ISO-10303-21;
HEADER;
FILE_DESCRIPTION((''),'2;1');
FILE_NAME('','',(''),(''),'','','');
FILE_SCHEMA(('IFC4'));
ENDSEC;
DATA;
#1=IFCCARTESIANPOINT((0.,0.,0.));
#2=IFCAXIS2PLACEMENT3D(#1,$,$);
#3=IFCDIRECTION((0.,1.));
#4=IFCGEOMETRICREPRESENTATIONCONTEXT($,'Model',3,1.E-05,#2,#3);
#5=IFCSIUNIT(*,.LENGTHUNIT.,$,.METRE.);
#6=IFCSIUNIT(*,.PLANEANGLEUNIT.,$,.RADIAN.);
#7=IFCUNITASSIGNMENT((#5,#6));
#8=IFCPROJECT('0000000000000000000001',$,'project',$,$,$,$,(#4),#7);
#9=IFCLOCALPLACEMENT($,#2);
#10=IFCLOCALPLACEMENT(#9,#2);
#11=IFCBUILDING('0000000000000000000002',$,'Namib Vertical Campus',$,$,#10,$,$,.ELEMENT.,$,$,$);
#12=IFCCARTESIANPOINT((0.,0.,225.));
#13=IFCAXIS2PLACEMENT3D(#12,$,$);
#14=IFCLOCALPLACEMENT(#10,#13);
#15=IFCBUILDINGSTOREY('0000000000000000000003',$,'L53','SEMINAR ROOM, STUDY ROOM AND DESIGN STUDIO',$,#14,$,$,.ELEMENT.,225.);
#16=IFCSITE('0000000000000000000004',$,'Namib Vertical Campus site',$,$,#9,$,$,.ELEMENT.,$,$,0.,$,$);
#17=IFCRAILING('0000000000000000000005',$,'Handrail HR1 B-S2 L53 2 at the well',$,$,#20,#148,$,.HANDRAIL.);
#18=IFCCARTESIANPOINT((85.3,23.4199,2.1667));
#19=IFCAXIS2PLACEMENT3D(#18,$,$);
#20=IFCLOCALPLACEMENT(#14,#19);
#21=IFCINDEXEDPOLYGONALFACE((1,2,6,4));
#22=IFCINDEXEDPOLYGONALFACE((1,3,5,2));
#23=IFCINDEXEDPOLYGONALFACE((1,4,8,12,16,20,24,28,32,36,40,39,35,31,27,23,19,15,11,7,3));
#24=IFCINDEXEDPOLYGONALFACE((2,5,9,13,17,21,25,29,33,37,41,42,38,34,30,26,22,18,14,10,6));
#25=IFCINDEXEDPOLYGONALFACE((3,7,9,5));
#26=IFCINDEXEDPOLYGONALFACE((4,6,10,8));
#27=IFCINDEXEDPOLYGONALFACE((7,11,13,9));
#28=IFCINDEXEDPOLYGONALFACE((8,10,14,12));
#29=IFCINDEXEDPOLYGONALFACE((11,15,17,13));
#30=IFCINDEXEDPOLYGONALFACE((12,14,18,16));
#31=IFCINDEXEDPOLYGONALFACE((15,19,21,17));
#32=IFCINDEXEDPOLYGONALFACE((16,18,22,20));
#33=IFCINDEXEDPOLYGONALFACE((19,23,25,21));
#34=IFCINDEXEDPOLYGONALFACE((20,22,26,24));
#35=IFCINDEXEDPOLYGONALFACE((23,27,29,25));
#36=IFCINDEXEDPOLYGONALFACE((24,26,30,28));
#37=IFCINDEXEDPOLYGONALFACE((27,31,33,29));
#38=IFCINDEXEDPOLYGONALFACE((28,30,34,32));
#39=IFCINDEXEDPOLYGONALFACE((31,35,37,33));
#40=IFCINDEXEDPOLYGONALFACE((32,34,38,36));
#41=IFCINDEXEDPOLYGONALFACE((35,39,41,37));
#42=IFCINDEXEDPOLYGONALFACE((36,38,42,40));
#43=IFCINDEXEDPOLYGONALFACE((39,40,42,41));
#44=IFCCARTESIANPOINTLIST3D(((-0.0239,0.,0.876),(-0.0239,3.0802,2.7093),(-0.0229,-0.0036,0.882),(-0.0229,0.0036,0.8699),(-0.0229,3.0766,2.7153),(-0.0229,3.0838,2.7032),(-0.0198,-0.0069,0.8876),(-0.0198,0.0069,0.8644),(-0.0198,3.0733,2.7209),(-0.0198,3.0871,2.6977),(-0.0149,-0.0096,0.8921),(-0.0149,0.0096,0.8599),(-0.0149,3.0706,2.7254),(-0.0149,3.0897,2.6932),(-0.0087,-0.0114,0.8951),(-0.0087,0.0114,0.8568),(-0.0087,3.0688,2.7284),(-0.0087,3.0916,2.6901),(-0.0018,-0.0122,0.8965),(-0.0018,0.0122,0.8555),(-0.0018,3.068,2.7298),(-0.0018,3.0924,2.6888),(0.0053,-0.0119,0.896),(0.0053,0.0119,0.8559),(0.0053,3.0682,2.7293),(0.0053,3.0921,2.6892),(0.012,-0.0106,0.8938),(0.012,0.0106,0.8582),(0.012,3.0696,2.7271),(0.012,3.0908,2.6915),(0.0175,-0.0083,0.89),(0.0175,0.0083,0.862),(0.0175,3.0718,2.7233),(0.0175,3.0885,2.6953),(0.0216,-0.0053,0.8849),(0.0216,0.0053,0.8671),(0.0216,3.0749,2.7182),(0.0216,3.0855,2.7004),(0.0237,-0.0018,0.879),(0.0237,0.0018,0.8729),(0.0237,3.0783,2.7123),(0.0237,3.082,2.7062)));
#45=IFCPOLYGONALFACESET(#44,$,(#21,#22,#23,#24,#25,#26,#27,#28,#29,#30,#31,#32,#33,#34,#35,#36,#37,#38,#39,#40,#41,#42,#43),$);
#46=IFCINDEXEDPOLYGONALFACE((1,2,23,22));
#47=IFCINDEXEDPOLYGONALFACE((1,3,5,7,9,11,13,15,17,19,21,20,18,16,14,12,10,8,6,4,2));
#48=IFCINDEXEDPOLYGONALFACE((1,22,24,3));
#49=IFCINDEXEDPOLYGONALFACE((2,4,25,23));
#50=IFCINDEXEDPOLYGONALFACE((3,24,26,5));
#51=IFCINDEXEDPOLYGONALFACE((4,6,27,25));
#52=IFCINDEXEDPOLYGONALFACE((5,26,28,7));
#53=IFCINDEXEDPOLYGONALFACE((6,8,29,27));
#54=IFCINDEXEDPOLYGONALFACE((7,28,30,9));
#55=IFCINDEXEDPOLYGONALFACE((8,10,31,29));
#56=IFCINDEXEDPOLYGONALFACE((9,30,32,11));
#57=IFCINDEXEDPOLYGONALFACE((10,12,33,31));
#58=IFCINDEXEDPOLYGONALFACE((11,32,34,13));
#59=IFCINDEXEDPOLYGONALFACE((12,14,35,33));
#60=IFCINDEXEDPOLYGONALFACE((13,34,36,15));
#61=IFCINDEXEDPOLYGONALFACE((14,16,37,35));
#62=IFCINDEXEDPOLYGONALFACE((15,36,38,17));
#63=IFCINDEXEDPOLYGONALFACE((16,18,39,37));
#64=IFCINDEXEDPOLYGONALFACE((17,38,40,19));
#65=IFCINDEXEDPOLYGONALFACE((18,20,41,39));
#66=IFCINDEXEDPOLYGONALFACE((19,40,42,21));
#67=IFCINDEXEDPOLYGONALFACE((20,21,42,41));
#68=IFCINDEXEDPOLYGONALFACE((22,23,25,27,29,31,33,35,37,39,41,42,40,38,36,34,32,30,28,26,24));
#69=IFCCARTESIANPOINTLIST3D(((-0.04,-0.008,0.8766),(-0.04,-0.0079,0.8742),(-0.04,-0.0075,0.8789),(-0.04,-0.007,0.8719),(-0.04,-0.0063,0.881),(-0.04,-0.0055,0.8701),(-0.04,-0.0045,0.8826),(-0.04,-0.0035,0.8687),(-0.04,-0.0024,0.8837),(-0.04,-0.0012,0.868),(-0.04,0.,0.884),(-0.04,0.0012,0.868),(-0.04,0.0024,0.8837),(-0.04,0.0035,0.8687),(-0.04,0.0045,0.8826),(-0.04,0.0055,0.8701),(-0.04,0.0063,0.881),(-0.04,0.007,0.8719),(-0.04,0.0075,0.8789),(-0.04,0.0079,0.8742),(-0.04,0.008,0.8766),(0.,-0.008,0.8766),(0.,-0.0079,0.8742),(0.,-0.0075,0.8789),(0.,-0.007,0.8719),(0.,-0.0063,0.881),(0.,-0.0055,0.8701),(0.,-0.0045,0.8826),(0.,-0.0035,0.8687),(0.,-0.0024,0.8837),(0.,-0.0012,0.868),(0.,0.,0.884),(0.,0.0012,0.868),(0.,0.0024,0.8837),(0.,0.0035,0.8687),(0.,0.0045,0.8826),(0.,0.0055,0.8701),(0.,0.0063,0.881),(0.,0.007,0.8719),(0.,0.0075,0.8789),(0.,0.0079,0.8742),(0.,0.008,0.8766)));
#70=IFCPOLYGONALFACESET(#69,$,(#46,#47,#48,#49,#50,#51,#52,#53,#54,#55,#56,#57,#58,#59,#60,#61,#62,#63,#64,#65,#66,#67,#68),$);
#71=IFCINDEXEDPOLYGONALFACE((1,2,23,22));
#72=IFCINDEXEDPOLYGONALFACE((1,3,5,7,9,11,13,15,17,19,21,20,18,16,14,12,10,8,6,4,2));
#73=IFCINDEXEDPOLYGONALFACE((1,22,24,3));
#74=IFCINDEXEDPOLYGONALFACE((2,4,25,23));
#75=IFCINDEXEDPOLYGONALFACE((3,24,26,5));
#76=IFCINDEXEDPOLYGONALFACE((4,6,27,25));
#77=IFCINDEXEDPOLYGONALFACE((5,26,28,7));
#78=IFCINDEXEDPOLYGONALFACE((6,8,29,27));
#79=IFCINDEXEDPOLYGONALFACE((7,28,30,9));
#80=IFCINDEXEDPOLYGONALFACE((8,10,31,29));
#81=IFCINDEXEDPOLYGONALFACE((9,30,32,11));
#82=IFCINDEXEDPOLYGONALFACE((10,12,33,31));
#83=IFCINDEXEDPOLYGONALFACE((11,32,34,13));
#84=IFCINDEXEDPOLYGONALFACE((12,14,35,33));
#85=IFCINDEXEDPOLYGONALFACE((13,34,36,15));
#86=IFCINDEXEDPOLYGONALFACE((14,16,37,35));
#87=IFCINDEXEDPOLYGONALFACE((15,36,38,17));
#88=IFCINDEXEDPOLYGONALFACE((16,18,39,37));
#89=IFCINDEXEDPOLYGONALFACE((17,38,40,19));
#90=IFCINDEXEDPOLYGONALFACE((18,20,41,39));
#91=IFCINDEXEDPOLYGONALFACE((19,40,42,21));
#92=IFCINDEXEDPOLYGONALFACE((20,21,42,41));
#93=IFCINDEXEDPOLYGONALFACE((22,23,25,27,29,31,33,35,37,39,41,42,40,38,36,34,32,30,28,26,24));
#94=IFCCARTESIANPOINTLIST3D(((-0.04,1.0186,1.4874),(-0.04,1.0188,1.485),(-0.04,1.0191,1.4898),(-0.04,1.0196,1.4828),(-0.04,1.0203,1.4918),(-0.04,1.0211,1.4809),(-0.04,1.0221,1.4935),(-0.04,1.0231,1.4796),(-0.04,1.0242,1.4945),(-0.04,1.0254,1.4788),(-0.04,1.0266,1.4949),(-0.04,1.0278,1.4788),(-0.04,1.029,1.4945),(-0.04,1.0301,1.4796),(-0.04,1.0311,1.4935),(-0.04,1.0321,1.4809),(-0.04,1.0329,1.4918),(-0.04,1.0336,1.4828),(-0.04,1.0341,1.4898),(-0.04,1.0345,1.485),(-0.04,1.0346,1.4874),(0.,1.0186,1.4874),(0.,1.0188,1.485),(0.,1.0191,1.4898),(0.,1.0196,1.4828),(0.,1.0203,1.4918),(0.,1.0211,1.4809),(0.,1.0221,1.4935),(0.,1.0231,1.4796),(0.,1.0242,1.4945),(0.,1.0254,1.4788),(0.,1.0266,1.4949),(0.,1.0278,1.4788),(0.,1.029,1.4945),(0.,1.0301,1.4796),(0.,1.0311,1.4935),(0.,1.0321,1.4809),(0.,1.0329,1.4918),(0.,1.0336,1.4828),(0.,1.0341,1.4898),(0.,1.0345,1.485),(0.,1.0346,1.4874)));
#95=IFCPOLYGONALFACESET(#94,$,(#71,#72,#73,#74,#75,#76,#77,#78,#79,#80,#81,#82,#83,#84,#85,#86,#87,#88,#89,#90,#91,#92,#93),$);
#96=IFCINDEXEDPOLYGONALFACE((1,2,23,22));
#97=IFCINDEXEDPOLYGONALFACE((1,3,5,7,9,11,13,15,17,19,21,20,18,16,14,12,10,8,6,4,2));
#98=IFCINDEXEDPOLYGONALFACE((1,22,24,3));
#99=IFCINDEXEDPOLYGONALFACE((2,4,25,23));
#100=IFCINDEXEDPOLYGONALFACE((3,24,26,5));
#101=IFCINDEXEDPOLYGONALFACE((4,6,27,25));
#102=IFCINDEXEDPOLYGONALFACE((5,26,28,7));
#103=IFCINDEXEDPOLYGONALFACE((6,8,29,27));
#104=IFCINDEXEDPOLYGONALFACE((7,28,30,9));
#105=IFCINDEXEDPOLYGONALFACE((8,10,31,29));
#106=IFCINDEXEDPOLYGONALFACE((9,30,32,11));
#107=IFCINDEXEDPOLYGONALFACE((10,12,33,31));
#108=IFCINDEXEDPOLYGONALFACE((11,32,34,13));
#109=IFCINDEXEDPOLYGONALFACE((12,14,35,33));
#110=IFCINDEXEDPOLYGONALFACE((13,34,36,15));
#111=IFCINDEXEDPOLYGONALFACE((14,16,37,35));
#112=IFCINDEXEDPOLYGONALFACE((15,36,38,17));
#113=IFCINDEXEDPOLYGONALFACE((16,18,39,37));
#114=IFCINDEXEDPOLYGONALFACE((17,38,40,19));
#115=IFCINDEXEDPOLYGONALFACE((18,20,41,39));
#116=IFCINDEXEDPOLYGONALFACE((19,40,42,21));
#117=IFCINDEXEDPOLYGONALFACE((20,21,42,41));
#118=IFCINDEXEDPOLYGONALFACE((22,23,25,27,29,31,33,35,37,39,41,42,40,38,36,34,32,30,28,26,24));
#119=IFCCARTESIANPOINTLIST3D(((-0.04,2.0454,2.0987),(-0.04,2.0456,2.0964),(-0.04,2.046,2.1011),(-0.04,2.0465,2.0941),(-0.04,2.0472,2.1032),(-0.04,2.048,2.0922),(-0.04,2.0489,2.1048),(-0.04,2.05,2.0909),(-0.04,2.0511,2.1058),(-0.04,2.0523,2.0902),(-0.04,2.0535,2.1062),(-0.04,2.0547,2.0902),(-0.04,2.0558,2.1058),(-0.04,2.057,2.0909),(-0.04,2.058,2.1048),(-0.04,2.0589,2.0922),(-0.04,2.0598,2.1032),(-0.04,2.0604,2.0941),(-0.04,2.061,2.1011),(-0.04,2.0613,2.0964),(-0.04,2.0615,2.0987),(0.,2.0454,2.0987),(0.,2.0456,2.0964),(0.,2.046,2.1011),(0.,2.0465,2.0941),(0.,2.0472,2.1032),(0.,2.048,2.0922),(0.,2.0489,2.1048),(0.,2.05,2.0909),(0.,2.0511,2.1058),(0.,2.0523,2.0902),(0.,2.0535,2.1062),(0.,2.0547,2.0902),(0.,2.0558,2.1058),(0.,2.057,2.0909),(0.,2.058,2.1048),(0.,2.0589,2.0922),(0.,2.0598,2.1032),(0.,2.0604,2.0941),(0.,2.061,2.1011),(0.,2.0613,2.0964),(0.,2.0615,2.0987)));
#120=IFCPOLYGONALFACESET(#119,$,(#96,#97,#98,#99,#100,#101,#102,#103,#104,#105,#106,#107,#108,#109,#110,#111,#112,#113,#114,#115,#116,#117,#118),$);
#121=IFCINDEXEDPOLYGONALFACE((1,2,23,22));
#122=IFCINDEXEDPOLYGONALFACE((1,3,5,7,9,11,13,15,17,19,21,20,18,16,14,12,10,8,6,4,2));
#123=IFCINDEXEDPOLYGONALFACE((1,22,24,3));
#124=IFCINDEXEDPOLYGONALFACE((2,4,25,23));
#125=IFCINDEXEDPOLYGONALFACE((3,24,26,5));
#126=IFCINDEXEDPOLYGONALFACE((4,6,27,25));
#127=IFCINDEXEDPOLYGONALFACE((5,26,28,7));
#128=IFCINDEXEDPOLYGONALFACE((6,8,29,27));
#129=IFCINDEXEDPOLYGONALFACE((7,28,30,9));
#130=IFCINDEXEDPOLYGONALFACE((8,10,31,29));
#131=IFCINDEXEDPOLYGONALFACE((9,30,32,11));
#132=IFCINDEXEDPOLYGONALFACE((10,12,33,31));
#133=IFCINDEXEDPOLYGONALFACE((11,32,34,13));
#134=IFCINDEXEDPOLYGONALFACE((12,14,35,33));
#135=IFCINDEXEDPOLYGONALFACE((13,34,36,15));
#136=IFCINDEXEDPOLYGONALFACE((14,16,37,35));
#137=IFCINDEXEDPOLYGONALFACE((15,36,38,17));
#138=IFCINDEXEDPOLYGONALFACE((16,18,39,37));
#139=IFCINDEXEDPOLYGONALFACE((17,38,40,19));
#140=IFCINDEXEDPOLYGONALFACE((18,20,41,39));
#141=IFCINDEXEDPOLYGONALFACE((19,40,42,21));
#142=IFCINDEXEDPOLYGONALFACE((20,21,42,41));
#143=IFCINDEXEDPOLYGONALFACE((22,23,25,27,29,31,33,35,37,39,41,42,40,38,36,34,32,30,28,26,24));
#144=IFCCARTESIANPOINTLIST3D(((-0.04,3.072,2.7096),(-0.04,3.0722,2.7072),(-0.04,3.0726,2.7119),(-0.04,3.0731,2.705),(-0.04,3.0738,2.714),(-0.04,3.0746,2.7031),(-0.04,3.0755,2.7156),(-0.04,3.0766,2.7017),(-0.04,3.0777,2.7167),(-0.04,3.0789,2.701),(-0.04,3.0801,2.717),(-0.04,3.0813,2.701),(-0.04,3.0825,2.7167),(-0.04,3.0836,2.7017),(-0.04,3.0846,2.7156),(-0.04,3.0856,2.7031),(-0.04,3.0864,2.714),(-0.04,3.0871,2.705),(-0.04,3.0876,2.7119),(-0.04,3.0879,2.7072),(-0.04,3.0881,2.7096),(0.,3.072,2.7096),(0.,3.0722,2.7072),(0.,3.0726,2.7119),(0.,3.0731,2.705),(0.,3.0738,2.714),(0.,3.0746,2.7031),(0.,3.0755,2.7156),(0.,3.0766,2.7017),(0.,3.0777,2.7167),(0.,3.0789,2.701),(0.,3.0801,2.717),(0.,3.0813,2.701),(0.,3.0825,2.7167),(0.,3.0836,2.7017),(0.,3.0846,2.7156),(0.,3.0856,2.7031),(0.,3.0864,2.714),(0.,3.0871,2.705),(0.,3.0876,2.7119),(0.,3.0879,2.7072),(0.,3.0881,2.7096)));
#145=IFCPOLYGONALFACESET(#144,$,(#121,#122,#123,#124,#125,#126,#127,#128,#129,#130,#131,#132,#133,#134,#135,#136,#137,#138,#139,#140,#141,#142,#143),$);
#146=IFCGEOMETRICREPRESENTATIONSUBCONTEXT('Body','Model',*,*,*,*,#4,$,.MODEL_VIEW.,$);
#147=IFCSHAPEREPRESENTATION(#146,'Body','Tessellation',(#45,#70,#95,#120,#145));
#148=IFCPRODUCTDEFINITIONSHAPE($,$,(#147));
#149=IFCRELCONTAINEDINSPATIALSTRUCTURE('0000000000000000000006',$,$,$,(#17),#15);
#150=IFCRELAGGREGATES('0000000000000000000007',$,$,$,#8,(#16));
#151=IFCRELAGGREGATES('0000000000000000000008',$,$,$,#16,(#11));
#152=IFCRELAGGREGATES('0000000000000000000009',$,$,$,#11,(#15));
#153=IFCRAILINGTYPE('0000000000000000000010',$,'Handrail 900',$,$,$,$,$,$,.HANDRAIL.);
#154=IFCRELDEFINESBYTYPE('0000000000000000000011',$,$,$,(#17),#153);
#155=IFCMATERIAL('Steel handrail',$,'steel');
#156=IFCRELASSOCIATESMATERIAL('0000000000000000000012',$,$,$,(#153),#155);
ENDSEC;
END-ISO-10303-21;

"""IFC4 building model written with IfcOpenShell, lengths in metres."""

from ifc_helpers import new_model, si_unit, direction, frame, origin, origin_2d, place, context, subcontext, project, spatial, circle, extrude, material, type_object, element, save


model = new_model("IFC4")

# Units and contexts
model_context = context("Model", 3, precision=1e-05, world=origin(), true_north=direction((0.0, 1.0)))
body_context = subcontext(model_context, "Body", "Model", "MODEL_VIEW")
ifc_project = project(units=[si_unit("LENGTHUNIT", "METRE"), si_unit("PLANEANGLEUNIT", "RADIAN")], contexts=[model_context])

# Site, building, storey
site_placement = place(None, origin())
site = spatial("IfcSite", under=ifc_project, at=site_placement, Name="Namib Vertical Campus site", CompositionType="ELEMENT", RefElevation=0.0)
building_placement = place(site_placement, origin())
building = spatial("IfcBuilding", under=site, at=building_placement, Name="Namib Vertical Campus", CompositionType="ELEMENT")
storey_placement = place(building_placement, frame((0.0, 0.0, 225.0)))
storey = spatial("IfcBuildingStorey", under=building, at=storey_placement, Name="L53", Description="SEMINAR ROOM, STUDY ROOM AND DESIGN STUDIO", CompositionType="ELEMENT", Elevation=225.0)

# Railing
ifc_material_1 = material(Name="Steel handrail", Category="steel")
railing_type_1 = type_object("IfcRailingType", Name="Handrail 900", PredefinedType="HANDRAIL", material=ifc_material_1)
railing_1_placement = place(storey_placement, frame((85.3, 23.4199, 2.1667)))
element("IfcRailing", 1, at=railing_1_placement, inside=storey, type_object=railing_type_1, Name="Handrail HR1 B-S2 L53 2 at the well", PredefinedType="HANDRAIL", context=body_context, shape_type="SweptSolid", body=[
    extrude(circle(Radius=0.0239, at=origin_2d()), frame((0.0, 0.0, 0.876), z_axis=(0.0, 0.859309, 0.511458), x_axis=(-1.0, 0.0, 0.0)), (0.0, 0.0, 1.0), 3.5845),
    extrude(circle(Radius=0.0081, at=origin_2d()), frame((0.0, 0.0, 0.876), z_axis=(-1.0, 0.0, 0.0), x_axis=(0.0, 0.0, 1.0)), (0.0, 0.0, 1.0), 0.04),
    extrude(circle(Radius=0.0081, at=origin_2d()), frame((0.0, 1.0266, 1.4868), z_axis=(-1.0, 0.0, 0.0), x_axis=(0.0, 0.0, 1.0)), (0.0, 0.0, 1.0), 0.04),
    extrude(circle(Radius=0.0081, at=origin_2d()), frame((0.0, 2.0535, 2.0981), z_axis=(-1.0, 0.0, 0.0), x_axis=(0.0, 0.0, 1.0)), (0.0, 0.0, 1.0), 0.04),
    extrude(circle(Radius=0.0081, at=origin_2d()), frame((0.0, 3.0801, 2.709), z_axis=(-1.0, 0.0, 0.0), x_axis=(0.0, 0.0, 1.0)), (0.0, 0.0, 1.0), 0.04),
])

save(model, "model.ifc")
